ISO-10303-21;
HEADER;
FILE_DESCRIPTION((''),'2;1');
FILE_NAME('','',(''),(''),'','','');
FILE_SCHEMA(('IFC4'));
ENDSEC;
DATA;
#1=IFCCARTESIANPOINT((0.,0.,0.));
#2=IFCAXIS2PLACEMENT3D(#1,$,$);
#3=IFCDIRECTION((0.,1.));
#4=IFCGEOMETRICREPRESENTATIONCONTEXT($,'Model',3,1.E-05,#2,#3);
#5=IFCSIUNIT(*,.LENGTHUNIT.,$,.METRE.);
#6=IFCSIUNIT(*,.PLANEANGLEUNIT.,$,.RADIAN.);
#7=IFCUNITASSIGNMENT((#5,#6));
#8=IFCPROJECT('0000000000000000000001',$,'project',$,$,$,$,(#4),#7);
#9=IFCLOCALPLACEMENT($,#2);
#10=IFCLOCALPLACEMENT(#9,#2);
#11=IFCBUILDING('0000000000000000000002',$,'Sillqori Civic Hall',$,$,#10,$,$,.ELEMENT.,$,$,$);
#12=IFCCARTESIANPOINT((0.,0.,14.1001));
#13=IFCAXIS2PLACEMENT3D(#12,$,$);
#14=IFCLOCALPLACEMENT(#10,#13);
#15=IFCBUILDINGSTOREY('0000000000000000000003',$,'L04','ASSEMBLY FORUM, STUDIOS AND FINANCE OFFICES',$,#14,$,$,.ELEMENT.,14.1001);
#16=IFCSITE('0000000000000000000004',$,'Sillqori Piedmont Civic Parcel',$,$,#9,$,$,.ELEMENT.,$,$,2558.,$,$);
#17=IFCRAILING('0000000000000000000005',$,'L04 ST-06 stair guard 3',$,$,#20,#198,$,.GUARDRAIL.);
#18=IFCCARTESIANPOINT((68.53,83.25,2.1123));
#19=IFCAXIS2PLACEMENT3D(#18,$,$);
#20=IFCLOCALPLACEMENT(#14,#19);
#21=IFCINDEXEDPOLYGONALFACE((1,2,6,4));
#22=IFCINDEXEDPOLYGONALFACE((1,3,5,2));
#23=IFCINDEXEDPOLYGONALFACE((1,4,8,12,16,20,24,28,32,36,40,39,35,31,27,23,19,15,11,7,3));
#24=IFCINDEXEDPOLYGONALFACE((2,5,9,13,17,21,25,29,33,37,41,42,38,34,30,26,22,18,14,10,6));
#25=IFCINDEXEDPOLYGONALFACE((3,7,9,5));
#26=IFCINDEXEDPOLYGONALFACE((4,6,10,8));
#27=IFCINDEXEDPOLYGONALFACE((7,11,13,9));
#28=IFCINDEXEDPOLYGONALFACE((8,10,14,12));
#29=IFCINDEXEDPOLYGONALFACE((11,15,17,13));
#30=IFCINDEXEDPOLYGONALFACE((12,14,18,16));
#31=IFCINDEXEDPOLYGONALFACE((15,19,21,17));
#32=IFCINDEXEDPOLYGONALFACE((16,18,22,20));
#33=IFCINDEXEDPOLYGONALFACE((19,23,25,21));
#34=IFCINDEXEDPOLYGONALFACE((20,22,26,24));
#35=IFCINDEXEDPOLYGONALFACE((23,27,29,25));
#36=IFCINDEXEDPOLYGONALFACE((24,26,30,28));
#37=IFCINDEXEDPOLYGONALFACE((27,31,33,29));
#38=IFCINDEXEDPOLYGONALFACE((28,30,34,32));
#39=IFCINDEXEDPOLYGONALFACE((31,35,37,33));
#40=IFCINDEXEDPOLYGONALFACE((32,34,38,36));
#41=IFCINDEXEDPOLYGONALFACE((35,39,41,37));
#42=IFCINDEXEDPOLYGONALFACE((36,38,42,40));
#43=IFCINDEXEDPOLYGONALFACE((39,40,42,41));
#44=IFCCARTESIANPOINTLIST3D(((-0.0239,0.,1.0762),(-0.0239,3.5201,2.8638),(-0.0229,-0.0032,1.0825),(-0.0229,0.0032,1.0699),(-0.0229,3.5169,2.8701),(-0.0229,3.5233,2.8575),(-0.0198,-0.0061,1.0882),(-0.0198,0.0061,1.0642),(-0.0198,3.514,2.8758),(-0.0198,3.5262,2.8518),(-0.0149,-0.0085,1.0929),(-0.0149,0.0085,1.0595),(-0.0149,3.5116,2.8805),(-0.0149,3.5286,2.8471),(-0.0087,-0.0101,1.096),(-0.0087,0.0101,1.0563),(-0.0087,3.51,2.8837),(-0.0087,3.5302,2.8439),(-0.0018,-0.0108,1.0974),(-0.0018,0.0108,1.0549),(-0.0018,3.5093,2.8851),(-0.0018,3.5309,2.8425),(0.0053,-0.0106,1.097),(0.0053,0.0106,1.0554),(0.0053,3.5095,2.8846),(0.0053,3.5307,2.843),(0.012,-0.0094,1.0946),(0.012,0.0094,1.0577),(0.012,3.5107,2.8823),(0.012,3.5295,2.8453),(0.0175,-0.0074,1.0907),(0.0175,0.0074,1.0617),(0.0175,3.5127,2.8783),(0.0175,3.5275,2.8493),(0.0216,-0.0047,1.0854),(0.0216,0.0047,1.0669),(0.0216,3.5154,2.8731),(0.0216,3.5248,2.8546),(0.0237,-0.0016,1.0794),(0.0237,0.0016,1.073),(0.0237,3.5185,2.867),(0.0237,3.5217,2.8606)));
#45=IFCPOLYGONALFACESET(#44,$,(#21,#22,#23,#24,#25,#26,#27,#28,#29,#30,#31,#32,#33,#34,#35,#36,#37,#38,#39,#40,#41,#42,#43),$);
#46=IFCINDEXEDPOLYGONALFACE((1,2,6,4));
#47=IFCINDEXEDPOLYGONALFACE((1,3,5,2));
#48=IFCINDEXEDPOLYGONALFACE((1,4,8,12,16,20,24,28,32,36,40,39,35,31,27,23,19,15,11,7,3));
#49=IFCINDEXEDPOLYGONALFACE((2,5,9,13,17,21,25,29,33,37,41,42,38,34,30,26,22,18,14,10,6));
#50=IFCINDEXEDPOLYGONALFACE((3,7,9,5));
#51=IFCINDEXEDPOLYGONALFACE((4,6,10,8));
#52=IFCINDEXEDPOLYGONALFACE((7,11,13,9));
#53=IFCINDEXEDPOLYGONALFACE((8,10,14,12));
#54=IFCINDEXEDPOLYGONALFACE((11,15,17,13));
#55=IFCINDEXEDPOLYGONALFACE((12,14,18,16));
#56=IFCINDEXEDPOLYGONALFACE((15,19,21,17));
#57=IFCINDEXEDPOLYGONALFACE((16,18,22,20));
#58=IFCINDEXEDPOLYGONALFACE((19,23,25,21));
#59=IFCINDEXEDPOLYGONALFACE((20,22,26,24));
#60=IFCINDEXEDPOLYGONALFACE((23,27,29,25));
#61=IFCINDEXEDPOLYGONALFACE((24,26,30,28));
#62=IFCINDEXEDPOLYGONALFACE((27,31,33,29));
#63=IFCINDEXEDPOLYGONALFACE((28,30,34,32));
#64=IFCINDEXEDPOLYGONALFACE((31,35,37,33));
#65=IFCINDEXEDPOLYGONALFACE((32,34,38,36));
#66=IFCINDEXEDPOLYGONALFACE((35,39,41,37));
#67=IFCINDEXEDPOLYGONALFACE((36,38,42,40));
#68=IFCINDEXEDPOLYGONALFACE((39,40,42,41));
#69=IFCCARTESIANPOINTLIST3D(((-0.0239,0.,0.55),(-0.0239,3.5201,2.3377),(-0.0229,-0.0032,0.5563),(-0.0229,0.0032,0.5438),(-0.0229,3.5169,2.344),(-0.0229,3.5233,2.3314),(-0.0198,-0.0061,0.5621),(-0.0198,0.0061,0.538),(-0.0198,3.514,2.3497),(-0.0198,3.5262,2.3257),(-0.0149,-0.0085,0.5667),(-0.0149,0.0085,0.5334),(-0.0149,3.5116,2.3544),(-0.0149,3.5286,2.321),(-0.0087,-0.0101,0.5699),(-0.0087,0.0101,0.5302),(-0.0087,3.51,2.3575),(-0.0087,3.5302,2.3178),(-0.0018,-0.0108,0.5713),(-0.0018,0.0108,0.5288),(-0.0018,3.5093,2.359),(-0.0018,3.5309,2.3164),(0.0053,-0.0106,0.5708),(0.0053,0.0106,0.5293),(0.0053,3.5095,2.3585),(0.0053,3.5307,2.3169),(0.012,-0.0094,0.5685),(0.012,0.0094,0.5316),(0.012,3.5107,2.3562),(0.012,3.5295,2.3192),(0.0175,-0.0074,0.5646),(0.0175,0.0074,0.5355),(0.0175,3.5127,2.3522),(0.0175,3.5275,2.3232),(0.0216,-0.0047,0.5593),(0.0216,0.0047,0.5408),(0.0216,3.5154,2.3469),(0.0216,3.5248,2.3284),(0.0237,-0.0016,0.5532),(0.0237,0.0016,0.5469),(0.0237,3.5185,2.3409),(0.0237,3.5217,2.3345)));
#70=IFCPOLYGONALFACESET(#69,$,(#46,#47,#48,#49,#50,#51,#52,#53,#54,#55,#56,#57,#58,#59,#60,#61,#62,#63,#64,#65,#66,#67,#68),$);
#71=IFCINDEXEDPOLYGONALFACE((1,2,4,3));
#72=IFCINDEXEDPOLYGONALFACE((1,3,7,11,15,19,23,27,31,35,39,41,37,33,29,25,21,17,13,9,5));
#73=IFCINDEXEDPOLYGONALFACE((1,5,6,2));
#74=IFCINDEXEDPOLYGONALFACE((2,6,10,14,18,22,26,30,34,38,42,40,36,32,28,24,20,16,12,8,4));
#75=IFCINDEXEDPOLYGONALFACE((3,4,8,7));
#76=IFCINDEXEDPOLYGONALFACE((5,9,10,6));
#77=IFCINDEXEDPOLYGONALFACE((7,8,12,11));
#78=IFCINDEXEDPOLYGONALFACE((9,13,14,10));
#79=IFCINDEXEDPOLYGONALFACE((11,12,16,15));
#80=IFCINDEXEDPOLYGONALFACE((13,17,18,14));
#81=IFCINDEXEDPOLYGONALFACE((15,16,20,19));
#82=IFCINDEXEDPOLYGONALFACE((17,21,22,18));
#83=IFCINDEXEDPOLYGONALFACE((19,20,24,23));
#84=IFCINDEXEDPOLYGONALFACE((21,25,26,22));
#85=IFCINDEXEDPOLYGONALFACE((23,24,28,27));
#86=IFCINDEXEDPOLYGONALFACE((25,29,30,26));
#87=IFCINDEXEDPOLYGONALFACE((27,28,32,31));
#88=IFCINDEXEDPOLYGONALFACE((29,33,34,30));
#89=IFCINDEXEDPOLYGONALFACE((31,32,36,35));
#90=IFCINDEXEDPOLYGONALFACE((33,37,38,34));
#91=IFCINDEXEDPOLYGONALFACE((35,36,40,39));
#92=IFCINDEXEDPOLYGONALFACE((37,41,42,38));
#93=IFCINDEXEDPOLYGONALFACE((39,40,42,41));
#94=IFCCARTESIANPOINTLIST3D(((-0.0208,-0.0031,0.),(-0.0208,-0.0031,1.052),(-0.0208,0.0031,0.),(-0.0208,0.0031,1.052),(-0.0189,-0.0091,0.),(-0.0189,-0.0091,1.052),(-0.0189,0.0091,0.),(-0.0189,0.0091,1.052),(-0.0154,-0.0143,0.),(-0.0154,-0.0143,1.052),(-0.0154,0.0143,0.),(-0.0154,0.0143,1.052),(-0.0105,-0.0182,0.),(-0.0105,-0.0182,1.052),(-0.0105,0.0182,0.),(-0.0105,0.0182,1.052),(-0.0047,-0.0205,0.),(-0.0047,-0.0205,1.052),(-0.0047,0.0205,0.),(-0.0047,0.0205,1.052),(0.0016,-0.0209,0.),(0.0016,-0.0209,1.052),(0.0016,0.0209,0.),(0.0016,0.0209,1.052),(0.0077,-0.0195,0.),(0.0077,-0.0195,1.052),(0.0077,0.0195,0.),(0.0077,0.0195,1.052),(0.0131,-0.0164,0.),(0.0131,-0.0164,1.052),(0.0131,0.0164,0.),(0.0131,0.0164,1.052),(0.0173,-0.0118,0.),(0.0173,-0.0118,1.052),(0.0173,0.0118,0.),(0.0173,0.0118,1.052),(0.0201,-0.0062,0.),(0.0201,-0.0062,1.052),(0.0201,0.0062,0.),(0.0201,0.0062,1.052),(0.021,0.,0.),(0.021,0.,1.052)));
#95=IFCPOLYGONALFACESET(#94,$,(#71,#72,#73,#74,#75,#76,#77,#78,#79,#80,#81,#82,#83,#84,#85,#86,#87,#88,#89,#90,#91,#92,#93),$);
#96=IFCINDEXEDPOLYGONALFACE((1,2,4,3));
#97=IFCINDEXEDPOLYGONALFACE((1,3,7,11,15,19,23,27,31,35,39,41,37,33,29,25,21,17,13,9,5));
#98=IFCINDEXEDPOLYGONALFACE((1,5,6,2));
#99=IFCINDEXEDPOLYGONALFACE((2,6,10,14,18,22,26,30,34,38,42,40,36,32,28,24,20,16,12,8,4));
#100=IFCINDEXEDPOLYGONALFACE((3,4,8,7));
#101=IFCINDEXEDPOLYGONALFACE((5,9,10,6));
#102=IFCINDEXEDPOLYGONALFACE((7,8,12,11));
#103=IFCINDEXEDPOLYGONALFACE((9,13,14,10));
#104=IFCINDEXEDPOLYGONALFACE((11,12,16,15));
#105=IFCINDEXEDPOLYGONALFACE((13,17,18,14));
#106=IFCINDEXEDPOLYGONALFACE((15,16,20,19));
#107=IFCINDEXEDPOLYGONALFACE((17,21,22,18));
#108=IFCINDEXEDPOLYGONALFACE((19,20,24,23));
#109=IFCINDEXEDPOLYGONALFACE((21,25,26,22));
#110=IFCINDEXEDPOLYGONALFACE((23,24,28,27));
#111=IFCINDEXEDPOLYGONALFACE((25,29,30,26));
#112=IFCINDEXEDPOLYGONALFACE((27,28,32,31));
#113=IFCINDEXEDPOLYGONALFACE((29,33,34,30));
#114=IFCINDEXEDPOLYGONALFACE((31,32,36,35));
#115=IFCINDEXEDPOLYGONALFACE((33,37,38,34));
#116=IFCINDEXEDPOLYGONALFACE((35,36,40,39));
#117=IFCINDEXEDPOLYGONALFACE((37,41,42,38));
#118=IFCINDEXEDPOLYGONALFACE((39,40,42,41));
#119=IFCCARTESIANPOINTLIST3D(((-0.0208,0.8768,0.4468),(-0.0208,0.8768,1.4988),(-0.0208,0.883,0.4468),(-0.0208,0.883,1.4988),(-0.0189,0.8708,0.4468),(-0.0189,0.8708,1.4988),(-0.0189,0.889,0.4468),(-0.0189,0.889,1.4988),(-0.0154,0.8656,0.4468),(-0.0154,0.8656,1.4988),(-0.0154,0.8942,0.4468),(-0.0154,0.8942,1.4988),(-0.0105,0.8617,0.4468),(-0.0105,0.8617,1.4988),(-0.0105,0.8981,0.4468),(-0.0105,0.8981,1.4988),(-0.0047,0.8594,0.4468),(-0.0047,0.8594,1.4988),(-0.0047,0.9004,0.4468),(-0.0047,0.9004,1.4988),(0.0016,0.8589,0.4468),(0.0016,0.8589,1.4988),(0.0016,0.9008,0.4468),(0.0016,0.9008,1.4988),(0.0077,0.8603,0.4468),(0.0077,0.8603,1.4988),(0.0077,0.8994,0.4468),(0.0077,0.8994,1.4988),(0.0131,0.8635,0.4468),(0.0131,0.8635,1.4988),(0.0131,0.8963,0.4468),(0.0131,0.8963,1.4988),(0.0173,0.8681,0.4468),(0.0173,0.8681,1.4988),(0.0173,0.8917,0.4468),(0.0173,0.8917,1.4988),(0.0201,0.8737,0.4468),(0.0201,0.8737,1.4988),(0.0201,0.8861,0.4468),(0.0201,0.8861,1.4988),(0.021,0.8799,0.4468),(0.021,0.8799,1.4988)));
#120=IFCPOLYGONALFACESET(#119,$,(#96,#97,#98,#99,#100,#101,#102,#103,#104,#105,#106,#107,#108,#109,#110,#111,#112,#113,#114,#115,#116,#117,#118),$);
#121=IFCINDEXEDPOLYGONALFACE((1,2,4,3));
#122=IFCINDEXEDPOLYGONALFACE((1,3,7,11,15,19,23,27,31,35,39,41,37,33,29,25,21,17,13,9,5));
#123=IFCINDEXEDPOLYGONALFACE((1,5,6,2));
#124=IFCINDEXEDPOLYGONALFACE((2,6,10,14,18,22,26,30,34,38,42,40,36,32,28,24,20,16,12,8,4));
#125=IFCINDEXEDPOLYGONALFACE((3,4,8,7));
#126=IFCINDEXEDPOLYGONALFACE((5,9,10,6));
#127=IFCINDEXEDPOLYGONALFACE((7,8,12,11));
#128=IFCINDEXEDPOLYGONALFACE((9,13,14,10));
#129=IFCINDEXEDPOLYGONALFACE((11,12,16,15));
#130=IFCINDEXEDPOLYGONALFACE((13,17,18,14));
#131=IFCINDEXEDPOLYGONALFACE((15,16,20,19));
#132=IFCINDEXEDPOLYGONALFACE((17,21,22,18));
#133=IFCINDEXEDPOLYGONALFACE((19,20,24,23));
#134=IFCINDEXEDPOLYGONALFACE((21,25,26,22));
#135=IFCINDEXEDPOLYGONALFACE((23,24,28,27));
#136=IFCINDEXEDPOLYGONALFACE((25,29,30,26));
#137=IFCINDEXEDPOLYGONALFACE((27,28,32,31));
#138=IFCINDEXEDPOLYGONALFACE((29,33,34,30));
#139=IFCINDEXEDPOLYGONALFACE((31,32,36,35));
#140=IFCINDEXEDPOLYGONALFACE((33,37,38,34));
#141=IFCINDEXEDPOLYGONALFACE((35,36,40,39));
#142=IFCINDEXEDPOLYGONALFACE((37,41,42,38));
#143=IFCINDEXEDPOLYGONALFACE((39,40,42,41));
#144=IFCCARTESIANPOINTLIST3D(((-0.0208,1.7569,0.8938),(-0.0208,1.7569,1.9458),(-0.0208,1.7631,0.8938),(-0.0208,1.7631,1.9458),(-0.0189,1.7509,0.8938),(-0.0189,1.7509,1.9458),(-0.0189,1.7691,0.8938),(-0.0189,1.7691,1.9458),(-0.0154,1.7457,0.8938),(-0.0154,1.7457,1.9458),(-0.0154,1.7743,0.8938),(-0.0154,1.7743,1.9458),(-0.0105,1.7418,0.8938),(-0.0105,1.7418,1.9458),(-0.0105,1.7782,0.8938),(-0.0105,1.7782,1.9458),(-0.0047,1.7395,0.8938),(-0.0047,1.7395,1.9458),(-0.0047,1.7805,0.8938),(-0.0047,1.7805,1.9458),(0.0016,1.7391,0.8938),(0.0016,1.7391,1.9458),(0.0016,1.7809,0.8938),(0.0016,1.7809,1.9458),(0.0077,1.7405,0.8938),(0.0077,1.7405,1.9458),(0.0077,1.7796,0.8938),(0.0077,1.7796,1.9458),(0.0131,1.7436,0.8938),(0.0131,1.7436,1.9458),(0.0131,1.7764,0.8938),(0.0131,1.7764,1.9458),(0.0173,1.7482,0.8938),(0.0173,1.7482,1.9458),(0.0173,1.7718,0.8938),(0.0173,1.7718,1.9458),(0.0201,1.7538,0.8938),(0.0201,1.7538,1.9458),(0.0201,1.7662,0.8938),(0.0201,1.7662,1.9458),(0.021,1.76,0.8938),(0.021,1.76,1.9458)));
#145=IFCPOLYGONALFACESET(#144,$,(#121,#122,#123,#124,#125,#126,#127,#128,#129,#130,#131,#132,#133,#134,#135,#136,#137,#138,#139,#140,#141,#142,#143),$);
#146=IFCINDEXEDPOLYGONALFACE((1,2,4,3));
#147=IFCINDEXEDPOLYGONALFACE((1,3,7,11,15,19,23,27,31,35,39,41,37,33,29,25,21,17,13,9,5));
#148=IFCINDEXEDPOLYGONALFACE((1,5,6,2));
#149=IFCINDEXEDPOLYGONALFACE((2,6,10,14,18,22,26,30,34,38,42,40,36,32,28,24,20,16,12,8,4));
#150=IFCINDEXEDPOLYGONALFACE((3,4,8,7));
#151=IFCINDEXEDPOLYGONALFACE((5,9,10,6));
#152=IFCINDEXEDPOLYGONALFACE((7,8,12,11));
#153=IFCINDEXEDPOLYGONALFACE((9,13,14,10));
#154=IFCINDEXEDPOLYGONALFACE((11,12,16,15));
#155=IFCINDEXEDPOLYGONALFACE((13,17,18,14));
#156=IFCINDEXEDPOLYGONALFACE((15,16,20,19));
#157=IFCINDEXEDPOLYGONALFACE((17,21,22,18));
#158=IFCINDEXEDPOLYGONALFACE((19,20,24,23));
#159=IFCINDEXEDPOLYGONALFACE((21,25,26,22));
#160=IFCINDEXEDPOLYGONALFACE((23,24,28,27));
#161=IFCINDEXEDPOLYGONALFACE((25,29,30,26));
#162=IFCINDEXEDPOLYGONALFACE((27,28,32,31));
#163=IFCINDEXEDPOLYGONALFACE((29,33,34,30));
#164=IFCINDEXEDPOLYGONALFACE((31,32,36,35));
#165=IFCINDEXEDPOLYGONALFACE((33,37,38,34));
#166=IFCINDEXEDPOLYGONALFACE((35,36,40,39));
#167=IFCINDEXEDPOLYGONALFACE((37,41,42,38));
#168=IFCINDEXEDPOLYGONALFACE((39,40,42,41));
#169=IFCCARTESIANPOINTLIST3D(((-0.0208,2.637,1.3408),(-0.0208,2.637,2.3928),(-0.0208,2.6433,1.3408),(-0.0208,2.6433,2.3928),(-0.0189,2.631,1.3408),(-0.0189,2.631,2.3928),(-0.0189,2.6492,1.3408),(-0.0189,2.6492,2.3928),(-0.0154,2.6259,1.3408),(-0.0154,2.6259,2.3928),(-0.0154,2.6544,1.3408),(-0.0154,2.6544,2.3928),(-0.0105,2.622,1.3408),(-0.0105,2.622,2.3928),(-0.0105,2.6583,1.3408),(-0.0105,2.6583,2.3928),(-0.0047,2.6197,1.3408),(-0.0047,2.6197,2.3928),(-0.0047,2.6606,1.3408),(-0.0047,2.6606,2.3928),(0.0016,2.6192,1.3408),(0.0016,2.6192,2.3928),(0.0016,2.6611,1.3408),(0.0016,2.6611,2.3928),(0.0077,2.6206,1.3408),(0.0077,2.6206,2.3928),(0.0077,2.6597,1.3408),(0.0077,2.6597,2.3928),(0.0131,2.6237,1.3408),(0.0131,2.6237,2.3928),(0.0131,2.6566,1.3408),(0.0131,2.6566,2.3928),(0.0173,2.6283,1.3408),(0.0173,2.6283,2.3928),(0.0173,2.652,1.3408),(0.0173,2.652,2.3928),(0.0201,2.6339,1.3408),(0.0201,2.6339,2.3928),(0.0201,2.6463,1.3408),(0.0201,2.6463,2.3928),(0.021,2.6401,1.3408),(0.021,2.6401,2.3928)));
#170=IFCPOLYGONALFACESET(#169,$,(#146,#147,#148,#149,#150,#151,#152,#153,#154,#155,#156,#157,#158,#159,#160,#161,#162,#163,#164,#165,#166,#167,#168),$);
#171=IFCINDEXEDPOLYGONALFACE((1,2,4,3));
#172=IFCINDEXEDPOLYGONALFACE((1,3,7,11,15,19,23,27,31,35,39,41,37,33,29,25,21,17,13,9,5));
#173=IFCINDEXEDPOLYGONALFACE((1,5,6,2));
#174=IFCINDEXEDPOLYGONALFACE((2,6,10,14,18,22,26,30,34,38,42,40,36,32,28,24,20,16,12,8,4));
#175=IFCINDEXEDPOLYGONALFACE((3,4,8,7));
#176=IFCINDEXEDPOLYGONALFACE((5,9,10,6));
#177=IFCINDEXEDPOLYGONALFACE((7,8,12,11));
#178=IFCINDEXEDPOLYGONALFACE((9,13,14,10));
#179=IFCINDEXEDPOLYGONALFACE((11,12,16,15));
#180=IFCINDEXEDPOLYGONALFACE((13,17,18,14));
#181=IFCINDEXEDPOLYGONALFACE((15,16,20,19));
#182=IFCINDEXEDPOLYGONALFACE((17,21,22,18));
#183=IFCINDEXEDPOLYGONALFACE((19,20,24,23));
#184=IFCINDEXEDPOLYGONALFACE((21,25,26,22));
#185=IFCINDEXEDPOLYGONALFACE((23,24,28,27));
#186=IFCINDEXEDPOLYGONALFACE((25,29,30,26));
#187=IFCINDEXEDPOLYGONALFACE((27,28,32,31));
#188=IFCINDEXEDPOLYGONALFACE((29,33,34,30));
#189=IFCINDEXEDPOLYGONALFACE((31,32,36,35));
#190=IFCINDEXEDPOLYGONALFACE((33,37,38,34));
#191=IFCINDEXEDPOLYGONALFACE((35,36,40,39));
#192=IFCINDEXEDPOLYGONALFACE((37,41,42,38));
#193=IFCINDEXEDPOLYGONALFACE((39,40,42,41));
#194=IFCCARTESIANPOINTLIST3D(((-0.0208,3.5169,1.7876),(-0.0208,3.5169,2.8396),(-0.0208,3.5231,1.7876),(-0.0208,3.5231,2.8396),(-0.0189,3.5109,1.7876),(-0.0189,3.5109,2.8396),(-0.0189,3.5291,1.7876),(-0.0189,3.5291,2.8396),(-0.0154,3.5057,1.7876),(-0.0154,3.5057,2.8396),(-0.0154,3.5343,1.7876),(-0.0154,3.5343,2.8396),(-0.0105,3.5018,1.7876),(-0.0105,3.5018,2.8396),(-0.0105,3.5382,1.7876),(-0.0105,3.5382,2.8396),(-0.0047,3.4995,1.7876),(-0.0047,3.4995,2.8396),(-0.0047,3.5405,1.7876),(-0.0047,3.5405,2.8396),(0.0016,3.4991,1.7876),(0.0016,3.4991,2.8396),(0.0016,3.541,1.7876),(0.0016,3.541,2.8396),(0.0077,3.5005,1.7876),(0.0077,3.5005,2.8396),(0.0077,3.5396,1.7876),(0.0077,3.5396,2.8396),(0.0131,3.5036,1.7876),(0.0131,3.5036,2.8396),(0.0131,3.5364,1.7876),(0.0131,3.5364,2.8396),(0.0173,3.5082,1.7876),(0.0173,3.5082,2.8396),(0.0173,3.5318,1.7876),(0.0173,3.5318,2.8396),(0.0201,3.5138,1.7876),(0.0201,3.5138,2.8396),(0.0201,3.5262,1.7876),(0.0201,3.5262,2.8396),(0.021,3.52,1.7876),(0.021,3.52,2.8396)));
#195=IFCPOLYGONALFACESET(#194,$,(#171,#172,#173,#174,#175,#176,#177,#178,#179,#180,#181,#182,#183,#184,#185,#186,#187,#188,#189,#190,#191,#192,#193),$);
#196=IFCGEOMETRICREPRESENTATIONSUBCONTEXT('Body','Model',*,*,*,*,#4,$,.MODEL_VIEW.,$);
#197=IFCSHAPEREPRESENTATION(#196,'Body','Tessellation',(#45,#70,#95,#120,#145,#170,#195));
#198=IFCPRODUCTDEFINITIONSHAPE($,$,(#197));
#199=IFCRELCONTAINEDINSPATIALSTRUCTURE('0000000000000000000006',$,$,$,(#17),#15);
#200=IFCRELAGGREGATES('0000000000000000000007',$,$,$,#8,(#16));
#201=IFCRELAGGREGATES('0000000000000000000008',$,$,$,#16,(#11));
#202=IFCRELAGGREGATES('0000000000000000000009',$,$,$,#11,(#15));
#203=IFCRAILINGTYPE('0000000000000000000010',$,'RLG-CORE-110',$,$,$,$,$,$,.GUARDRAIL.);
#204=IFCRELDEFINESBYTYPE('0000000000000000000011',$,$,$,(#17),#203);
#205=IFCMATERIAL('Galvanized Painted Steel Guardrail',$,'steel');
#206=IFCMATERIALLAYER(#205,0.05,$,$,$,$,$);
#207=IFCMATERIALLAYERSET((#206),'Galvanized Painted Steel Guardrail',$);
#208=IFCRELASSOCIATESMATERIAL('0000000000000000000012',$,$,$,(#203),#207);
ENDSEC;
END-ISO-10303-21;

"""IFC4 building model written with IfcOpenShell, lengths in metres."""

from ifc_helpers import new_model, si_unit, direction, frame, origin, origin_2d, place, context, subcontext, project, spatial, circle, extrude, material, layer, layer_set, type_object, element, save


model = new_model("IFC4")

# Units and contexts
model_context = context("Model", 3, precision=1e-05, world=origin(), true_north=direction((0.0, 1.0)))
body_context = subcontext(model_context, "Body", "Model", "MODEL_VIEW")
ifc_project = project(units=[si_unit("LENGTHUNIT", "METRE"), si_unit("PLANEANGLEUNIT", "RADIAN")], contexts=[model_context])

# Site, building, storey
site_placement = place(None, origin())
site = spatial("IfcSite", under=ifc_project, at=site_placement, Name="Sillqori Piedmont Civic Parcel", CompositionType="ELEMENT", RefElevation=2558.0)
building_placement = place(site_placement, origin())
building = spatial("IfcBuilding", under=site, at=building_placement, Name="Sillqori Civic Hall", CompositionType="ELEMENT")
storey_placement = place(building_placement, frame((0.0, 0.0, 14.1001)))
storey = spatial("IfcBuildingStorey", under=building, at=storey_placement, Name="L04", Description="ASSEMBLY FORUM, STUDIOS AND FINANCE OFFICES", CompositionType="ELEMENT", Elevation=14.1001)

# Railing
ifc_material_1 = material(Name="Galvanized Painted Steel Guardrail", Category="steel")
ifc_layer_1 = layer(ifc_material_1, 0.05)
ifc_layer_set_1 = layer_set([ifc_layer_1], Name="Galvanized Painted Steel Guardrail")
railing_type_1 = type_object("IfcRailingType", Name="RLG-CORE-110", PredefinedType="GUARDRAIL", material=ifc_layer_set_1)
railing_1_placement = place(storey_placement, frame((68.53, 83.25, 2.1123)))
element("IfcRailing", 1, at=railing_1_placement, inside=storey, type_object=railing_type_1, Name="L04 ST-06 stair guard 3", PredefinedType="GUARDRAIL", context=body_context, shape_type="SweptSolid", body=[
    extrude(circle(Radius=0.0239, at=origin_2d()), frame((0.0, 0.0, 1.0762), z_axis=(0.0, 0.891615, 0.452795), x_axis=(-1.0, 0.0, 0.0)), (0.0, 0.0, 1.0), 3.948),
    extrude(circle(Radius=0.0239, at=origin_2d()), frame((0.0, 0.0, 0.55), z_axis=(0.0, 0.891615, 0.452795), x_axis=(-1.0, 0.0, 0.0)), (0.0, 0.0, 1.0), 3.948),
    extrude(circle(Radius=0.021, at=origin_2d()), origin(), (0.0, 0.0, 1.0), 1.052),
    extrude(circle(Radius=0.021, at=origin_2d()), frame((0.0, 0.8799, 0.4468)), (0.0, 0.0, 1.0), 1.052),
    extrude(circle(Radius=0.021, at=origin_2d()), frame((0.0, 1.76, 0.8938)), (0.0, 0.0, 1.0), 1.052),
    extrude(circle(Radius=0.021, at=origin_2d()), frame((0.0, 2.6401, 1.3408)), (0.0, 0.0, 1.0), 1.052),
    extrude(circle(Radius=0.021, at=origin_2d()), frame((0.0, 3.52, 1.7876)), (0.0, 0.0, 1.0), 1.052),
])

save(model, "model.ifc")
